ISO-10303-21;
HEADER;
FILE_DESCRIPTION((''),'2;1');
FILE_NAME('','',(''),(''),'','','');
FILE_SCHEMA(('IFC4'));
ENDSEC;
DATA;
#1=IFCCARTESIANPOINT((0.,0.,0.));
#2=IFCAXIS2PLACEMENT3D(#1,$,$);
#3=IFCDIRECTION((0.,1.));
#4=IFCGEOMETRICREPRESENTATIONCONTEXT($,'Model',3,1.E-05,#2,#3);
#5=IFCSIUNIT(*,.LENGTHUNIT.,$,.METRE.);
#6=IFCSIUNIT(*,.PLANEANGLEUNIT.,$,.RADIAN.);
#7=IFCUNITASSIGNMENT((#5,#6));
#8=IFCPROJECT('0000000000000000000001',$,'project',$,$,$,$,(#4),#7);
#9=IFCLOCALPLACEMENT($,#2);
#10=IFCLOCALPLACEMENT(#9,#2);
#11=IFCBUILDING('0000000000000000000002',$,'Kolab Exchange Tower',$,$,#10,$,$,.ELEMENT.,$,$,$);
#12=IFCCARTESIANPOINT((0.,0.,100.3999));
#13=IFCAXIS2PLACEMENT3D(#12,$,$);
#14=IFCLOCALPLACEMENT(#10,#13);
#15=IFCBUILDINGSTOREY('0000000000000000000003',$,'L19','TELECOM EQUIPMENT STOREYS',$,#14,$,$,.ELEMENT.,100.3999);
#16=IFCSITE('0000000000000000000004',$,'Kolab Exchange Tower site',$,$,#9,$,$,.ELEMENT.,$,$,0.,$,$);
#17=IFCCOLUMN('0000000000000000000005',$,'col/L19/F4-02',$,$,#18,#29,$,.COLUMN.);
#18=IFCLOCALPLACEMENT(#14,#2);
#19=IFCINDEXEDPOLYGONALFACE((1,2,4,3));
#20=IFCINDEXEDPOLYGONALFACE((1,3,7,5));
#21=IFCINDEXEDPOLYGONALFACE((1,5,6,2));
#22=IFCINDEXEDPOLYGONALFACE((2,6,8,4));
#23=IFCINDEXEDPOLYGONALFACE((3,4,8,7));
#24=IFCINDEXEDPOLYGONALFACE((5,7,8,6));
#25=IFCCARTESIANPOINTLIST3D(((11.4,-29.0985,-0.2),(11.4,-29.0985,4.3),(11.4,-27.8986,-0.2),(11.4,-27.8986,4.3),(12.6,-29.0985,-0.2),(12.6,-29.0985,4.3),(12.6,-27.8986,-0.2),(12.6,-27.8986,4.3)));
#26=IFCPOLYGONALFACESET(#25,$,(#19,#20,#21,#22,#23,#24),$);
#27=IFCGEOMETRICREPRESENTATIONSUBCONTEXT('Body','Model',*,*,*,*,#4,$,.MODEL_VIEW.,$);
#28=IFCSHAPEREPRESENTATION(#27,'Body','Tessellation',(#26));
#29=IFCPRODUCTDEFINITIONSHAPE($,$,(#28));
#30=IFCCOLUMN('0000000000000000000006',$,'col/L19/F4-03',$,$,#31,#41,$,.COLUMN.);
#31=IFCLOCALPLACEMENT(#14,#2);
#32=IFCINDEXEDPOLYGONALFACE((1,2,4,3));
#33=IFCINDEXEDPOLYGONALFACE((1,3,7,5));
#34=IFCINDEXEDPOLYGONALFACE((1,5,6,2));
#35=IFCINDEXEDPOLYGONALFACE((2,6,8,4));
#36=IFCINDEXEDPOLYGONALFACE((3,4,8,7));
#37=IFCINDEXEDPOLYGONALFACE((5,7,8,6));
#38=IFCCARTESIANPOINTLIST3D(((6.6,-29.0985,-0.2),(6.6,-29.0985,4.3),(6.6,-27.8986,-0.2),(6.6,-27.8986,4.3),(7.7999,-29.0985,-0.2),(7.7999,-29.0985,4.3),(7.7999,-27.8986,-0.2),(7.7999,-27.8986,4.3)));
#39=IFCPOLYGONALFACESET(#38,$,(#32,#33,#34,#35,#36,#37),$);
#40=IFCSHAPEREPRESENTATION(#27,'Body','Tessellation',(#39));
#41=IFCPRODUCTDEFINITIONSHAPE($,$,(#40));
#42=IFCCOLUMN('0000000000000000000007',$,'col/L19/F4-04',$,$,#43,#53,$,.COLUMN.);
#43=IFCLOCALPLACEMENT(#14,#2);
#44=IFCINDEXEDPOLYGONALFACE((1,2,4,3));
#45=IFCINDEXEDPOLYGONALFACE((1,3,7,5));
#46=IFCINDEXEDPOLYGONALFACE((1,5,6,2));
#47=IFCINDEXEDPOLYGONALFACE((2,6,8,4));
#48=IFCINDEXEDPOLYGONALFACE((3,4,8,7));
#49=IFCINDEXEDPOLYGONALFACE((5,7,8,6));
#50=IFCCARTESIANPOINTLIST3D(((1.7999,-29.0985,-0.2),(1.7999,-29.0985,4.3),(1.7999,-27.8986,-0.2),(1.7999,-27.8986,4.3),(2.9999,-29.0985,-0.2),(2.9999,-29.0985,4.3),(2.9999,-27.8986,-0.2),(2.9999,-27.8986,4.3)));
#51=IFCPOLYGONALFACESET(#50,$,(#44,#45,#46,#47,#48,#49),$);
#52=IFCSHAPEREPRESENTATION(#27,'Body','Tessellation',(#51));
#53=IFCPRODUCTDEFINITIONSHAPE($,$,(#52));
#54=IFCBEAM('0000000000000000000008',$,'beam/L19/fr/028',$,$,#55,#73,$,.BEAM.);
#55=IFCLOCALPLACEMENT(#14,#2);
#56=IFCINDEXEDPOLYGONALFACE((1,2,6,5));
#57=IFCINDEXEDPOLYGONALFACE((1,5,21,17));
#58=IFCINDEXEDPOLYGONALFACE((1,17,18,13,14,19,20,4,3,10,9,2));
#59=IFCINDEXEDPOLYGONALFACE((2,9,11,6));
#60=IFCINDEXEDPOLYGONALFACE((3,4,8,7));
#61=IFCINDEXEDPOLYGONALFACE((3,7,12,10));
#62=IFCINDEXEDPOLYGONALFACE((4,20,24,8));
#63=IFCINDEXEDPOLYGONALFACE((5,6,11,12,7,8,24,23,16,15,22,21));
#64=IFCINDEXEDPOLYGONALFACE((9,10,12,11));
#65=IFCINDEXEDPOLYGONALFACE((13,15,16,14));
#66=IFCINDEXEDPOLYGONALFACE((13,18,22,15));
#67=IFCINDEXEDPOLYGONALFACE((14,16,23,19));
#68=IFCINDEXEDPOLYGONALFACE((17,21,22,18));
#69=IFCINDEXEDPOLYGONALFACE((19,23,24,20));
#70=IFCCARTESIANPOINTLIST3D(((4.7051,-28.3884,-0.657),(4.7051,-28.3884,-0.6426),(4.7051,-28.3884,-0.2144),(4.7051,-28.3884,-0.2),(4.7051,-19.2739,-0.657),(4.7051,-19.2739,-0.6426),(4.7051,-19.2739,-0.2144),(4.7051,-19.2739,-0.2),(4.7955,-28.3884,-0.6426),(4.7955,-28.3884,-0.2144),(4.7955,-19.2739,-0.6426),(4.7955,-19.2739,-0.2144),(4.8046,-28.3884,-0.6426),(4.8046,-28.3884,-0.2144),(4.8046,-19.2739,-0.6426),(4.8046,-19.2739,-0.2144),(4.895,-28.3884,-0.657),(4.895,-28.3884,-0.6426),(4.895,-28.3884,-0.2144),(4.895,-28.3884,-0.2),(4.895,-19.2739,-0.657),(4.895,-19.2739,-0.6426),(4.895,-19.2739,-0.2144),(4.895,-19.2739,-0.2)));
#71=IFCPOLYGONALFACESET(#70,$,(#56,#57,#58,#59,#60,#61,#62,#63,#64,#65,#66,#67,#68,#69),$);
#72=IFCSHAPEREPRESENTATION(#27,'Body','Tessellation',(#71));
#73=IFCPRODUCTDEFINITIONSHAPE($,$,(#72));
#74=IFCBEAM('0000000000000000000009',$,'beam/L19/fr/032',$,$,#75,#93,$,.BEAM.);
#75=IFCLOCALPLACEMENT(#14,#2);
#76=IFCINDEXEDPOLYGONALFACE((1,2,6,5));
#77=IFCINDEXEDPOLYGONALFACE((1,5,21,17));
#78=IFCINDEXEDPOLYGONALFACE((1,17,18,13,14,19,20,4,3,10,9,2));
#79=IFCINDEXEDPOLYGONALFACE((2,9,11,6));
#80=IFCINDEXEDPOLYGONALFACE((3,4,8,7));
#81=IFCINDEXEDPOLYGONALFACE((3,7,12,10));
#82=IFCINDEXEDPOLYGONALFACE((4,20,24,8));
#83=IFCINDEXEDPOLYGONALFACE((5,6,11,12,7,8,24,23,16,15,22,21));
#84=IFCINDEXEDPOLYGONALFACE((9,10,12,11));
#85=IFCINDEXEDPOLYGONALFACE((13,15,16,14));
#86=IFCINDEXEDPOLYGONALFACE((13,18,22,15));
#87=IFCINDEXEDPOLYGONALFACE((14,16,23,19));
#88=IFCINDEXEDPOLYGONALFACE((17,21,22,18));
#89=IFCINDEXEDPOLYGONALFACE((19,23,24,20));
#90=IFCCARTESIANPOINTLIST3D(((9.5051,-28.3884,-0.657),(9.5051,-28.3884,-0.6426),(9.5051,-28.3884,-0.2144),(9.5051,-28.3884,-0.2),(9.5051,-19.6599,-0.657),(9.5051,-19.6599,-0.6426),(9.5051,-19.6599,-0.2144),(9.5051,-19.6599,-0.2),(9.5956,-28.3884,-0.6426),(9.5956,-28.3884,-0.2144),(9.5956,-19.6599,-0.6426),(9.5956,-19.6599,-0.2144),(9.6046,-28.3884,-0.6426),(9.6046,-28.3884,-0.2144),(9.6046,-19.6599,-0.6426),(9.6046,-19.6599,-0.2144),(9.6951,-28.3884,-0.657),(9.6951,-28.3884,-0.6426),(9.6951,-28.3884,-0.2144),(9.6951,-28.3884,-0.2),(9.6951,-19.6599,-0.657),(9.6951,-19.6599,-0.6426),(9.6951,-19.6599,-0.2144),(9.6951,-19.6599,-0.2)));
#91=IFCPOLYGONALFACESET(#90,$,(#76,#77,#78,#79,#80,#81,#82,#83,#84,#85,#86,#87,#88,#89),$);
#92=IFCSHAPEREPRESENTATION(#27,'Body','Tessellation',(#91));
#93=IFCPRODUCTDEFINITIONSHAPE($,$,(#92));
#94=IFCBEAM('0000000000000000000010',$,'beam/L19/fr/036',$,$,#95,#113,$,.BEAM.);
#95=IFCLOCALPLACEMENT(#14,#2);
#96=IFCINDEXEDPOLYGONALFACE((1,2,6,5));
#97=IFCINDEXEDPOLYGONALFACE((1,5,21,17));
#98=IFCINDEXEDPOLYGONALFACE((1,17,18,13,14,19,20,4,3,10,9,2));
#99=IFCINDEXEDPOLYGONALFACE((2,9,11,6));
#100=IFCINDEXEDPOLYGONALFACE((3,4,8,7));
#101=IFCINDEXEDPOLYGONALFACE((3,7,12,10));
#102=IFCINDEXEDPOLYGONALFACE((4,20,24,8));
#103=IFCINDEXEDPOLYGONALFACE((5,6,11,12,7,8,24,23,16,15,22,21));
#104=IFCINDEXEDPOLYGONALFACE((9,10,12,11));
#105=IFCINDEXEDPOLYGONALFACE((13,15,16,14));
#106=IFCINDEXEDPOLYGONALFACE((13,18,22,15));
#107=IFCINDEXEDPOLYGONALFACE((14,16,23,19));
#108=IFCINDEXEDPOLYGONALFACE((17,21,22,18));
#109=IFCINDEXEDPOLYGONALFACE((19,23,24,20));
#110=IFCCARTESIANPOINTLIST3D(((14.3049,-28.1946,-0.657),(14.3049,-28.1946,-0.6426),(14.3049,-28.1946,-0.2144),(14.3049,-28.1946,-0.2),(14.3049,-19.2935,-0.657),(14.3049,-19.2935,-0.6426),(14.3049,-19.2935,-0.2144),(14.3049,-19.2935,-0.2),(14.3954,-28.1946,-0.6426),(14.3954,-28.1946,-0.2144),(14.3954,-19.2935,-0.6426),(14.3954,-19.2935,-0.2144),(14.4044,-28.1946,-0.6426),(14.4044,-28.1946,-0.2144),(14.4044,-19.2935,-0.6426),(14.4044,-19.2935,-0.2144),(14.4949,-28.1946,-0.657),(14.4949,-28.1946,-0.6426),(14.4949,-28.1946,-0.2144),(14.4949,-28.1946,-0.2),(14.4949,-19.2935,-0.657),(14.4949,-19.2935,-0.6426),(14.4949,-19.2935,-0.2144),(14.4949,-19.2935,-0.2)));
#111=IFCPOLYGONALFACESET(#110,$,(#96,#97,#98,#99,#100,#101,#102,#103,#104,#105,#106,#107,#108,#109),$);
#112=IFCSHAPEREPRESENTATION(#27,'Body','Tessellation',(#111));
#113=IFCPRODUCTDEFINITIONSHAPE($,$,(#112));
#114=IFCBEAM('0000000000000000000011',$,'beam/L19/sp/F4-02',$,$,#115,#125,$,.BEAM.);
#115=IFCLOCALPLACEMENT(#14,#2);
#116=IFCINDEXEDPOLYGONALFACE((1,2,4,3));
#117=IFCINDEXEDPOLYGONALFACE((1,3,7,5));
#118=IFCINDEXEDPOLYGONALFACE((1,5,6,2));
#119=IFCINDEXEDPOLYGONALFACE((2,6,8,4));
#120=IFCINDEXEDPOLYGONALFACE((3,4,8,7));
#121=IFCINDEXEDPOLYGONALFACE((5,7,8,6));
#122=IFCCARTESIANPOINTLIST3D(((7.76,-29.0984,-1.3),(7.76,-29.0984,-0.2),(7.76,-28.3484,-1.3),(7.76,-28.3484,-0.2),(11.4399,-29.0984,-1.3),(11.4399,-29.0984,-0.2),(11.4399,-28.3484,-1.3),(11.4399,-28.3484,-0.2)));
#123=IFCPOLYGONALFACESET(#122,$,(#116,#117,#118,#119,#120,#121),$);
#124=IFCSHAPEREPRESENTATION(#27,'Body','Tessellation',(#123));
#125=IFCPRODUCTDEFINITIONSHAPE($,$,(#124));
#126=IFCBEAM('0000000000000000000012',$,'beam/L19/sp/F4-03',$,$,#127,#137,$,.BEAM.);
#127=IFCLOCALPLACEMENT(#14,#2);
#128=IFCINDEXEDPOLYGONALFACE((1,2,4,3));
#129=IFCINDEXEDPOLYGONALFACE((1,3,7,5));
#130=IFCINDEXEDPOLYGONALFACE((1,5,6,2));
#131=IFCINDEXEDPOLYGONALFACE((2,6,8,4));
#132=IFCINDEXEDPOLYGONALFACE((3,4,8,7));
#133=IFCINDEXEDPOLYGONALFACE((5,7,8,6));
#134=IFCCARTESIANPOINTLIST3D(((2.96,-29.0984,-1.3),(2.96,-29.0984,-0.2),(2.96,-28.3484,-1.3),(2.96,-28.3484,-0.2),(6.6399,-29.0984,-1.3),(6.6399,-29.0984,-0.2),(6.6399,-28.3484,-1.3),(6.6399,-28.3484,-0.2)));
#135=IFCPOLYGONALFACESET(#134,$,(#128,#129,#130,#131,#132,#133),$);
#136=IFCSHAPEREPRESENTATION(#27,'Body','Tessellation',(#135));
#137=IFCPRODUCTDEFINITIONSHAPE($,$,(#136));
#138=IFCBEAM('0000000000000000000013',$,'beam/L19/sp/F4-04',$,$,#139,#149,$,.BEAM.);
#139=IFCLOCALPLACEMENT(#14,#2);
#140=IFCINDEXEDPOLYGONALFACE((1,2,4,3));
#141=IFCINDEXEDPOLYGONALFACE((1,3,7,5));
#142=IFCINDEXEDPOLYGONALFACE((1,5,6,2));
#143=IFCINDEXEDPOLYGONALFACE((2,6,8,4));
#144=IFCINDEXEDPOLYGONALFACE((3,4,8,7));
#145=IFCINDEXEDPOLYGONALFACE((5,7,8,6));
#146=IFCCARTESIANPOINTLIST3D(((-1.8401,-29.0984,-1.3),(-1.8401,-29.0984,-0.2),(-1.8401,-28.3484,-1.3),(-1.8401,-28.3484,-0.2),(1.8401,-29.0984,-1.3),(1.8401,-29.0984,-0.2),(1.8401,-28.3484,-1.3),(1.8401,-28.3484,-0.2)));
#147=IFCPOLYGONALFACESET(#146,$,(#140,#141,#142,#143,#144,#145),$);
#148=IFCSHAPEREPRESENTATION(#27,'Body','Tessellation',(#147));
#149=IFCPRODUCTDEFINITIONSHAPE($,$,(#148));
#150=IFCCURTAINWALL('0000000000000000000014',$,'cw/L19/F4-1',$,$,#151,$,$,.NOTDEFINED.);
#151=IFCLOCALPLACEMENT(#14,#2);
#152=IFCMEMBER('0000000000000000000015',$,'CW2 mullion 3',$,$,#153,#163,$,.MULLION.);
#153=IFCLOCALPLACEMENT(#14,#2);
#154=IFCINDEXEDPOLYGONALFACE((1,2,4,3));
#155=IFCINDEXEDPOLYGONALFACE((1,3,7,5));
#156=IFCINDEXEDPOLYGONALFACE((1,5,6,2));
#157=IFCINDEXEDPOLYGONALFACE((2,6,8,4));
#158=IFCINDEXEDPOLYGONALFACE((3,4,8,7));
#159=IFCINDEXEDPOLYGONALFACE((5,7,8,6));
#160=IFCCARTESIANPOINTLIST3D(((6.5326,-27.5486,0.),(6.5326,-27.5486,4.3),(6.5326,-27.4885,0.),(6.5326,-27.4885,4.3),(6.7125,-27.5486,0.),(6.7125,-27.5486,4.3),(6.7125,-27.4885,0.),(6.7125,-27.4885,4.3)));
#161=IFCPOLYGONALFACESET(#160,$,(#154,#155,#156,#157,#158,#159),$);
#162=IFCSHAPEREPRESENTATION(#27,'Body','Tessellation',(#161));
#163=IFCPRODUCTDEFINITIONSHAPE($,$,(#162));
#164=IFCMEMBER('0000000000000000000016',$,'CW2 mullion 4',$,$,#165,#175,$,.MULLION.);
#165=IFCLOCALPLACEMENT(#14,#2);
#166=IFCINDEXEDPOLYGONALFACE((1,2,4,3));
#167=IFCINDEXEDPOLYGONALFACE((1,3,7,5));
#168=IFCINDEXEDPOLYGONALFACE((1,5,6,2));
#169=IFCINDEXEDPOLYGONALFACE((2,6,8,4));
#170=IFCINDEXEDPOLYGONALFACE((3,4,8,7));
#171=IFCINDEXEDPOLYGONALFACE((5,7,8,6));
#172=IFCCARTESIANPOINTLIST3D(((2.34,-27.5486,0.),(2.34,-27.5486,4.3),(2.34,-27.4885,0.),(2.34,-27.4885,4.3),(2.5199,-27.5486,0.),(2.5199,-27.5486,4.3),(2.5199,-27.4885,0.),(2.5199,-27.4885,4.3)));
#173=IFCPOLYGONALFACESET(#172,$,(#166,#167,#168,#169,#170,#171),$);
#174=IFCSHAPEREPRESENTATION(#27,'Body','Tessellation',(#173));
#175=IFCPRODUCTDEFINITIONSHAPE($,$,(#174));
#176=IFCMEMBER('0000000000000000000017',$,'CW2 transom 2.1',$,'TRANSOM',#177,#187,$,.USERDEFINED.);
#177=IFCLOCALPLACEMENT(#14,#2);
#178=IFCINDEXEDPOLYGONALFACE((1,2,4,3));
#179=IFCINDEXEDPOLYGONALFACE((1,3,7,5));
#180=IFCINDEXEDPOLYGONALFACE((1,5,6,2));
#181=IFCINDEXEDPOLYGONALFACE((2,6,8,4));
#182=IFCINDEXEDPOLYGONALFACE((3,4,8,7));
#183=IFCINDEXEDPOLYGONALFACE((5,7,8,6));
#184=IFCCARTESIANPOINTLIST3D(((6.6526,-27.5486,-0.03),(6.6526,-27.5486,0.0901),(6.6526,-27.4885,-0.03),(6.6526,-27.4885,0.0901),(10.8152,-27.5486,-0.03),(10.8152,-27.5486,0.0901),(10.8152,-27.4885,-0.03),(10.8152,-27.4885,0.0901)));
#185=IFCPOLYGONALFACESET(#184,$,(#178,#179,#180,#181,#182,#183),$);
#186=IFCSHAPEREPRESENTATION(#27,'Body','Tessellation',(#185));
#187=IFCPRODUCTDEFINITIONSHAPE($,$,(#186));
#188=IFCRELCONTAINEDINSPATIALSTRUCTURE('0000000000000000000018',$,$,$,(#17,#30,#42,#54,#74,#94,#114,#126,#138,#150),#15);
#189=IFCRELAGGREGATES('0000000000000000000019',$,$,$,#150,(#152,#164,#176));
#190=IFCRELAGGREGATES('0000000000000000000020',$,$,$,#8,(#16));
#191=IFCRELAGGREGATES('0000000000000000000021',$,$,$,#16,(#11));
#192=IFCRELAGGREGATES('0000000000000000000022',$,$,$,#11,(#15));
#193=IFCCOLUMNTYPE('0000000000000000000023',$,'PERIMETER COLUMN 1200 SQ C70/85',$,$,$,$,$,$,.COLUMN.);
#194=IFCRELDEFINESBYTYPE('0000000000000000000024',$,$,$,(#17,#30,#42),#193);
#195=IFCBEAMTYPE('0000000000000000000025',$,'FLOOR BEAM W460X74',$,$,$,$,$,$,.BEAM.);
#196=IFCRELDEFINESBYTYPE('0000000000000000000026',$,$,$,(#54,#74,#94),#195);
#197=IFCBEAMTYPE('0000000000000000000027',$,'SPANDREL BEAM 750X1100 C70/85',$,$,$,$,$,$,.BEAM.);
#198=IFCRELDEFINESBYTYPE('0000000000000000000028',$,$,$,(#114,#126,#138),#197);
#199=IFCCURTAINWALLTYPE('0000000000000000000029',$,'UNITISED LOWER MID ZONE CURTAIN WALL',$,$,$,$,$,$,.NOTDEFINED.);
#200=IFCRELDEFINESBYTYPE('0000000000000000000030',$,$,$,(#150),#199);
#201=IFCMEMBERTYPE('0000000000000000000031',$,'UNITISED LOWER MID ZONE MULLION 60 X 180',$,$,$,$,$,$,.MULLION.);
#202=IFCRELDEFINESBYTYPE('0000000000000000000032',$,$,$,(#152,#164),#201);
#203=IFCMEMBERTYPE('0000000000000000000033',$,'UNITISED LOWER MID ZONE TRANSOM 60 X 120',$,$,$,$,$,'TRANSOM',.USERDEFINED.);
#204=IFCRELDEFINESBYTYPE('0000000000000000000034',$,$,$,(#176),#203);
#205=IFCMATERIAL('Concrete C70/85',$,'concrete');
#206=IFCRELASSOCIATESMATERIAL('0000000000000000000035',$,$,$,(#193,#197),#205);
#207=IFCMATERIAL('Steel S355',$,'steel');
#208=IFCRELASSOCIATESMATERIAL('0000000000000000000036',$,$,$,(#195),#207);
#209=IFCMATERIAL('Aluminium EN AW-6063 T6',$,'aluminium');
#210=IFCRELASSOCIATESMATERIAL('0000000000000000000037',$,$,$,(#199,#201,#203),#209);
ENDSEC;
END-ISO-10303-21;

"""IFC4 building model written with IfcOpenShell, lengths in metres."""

from ifc_helpers import new_model, si_unit, direction, frame, origin, origin_2d, place, context, subcontext, project, spatial, rectangle, i_section, extrude, material, material_profile, profile_set, type_object, element, aggregate, save


model = new_model("IFC4")

# Units and contexts
model_context = context("Model", 3, precision=1e-05, world=origin(), true_north=direction((0.0, 1.0)))
body_context = subcontext(model_context, "Body", "Model", "MODEL_VIEW")
ifc_project = project(units=[si_unit("LENGTHUNIT", "METRE"), si_unit("PLANEANGLEUNIT", "RADIAN")], contexts=[model_context])

# Site, building, storey
site_placement = place(None, origin())
site = spatial("IfcSite", under=ifc_project, at=site_placement, Name="Kolab Exchange Tower site", CompositionType="ELEMENT", RefElevation=0.0)
building_placement = place(site_placement, origin())
building = spatial("IfcBuilding", under=site, at=building_placement, Name="Kolab Exchange Tower", CompositionType="ELEMENT")
storey_placement = place(building_placement, frame((0.0, 0.0, 100.3999)))
storey = spatial("IfcBuildingStorey", under=building, at=storey_placement, Name="L19", Description="TELECOM EQUIPMENT STOREYS", CompositionType="ELEMENT", Elevation=100.3999)

# Columns
ifc_material_1 = material(Name="Concrete C70/85", Category="concrete")
ifc_material_profile_1 = material_profile(ifc_material_1, rectangle(XDim=1.2, YDim=1.2, at=origin_2d()), Name="RC1200")
ifc_profile_set_1 = profile_set([ifc_material_profile_1], Name="Concrete C70/85")
column_type = type_object("IfcColumnType", Name="PERIMETER COLUMN 1200 SQ C70/85", PredefinedType="COLUMN", material=ifc_profile_set_1)
for number, where, z_axis, x_axis, name in (
    (1, (12.0, -28.4985, -0.2), (0.0, 0.0, 1.0), (1.0, 0.0, 0.0), "col/L19/F4-02"),
    (2, (7.2, -28.4985, -0.2), (0.0, 0.0, 1.0), (1.0, 0.0, 0.0), "col/L19/F4-03"),
    (3, (2.3999, -28.4985, -0.2), (0.0, 0.0, 1.0), (1.0, 0.0, 0.0), "col/L19/F4-04"),
):
    element("IfcColumn", number, at=place(storey_placement, frame(where, z_axis=z_axis, x_axis=x_axis)), inside=storey, type_object=column_type, Name=name, PredefinedType="COLUMN", context=body_context, shape_type="SweptSolid", body=[
        extrude(rectangle(XDim=1.2, YDim=1.2, at=origin_2d()), origin(), (0.0, 0.0, 1.0), 4.5),
    ])

# Beams
ifc_material_2 = material(Name="Steel S355", Category="steel")
ifc_material_profile_2 = material_profile(ifc_material_2, i_section(OverallWidth=0.1899, OverallDepth=0.457, WebThickness=0.009, FlangeThickness=0.0144, at=origin_2d()), Name="W460X74")
ifc_profile_set_2 = profile_set([ifc_material_profile_2], Name="Steel S355")
beam_type_1 = type_object("IfcBeamType", Name="FLOOR BEAM W460X74", PredefinedType="BEAM", material=ifc_profile_set_2)
beam_1_placement = place(storey_placement, frame((4.8, -28.3884, -0.4285), z_axis=(0.0, 1.0, 0.0), x_axis=(-1.0, 0.0, 0.0)))
element("IfcBeam", 4, at=beam_1_placement, inside=storey, type_object=beam_type_1, Name="beam/L19/fr/028", PredefinedType="BEAM", context=body_context, shape_type="SweptSolid", body=[
    extrude(i_section(OverallWidth=0.1899, OverallDepth=0.457, WebThickness=0.009, FlangeThickness=0.0144, at=origin_2d()), origin(), (0.0, 0.0, 1.0), 9.1145),
])
beam_2_placement = place(storey_placement, frame((9.6001, -28.3884, -0.4285), z_axis=(0.0, 1.0, 0.0), x_axis=(-1.0, 0.0, 0.0)))
element("IfcBeam", 5, at=beam_2_placement, inside=storey, type_object=beam_type_1, Name="beam/L19/fr/032", PredefinedType="BEAM", context=body_context, shape_type="SweptSolid", body=[
    extrude(i_section(OverallWidth=0.1899, OverallDepth=0.457, WebThickness=0.009, FlangeThickness=0.0144, at=origin_2d()), origin(), (0.0, 0.0, 1.0), 8.7285),
])
beam_3_placement = place(storey_placement, frame((14.3999, -28.1946, -0.4285), z_axis=(0.0, 1.0, 0.0), x_axis=(-1.0, 0.0, 0.0)))
element("IfcBeam", 6, at=beam_3_placement, inside=storey, type_object=beam_type_1, Name="beam/L19/fr/036", PredefinedType="BEAM", context=body_context, shape_type="SweptSolid", body=[
    extrude(i_section(OverallWidth=0.1899, OverallDepth=0.457, WebThickness=0.009, FlangeThickness=0.0144, at=origin_2d()), origin(), (0.0, 0.0, 1.0), 8.9011),
])
ifc_material_profile_3 = material_profile(ifc_material_1, rectangle(XDim=0.75, YDim=1.1001, at=origin_2d()), Name="RC750X1100")
ifc_profile_set_3 = profile_set([ifc_material_profile_3], Name="Concrete C70/85")
beam_type_2 = type_object("IfcBeamType", Name="SPANDREL BEAM 750X1100 C70/85", PredefinedType="BEAM", material=ifc_profile_set_3)
for number, where, z_axis, x_axis, name in (
    (7, (11.4399, -28.7234, -0.75), (-1.0, 0.0, 0.0), (0.0, -1.0, 0.0), "beam/L19/sp/F4-02"),
    (8, (6.6399, -28.7234, -0.75), (-1.0, 0.0, 0.0), (0.0, -1.0, 0.0), "beam/L19/sp/F4-03"),
):
    element("IfcBeam", number, at=place(storey_placement, frame(where, z_axis=z_axis, x_axis=x_axis)), inside=storey, type_object=beam_type_2, Name=name, PredefinedType="BEAM", context=body_context, shape_type="SweptSolid", body=[
        extrude(rectangle(XDim=0.75, YDim=1.1001, at=origin_2d()), origin(), (0.0, 0.0, 1.0), 3.6799),
    ])
beam_4_placement = place(storey_placement, frame((1.8401, -28.7234, -0.75), z_axis=(-1.0, 0.0, 0.0), x_axis=(0.0, -1.0, 0.0)))
element("IfcBeam", 9, at=beam_4_placement, inside=storey, type_object=beam_type_2, Name="beam/L19/sp/F4-04", PredefinedType="BEAM", context=body_context, shape_type="SweptSolid", body=[
    extrude(rectangle(XDim=0.75, YDim=1.1001, at=origin_2d()), origin(), (0.0, 0.0, 1.0), 3.6802),
])

# Curtain wall, members
ifc_material_3 = material(Name="Aluminium EN AW-6063 T6", Category="aluminium")
curtain_wall_type = type_object("IfcCurtainWallType", Name="UNITISED LOWER MID ZONE CURTAIN WALL", PredefinedType="NOTDEFINED", material=ifc_material_3)
curtain_wall_placement = place(storey_placement, origin())
curtain_wall = element("IfcCurtainWall", 10, at=curtain_wall_placement, inside=storey, type_object=curtain_wall_type, Name="cw/L19/F4-1", PredefinedType="NOTDEFINED")
ifc_material_profile_4 = material_profile(ifc_material_3, rectangle(XDim=0.0601, YDim=0.1799, at=origin_2d()), Name="RECT 60X180")
ifc_profile_set_4 = profile_set([ifc_material_profile_4], Name="Aluminium EN AW-6063 T6")
member_type_1 = type_object("IfcMemberType", Name="UNITISED LOWER MID ZONE MULLION 60 X 180", PredefinedType="MULLION", material=ifc_profile_set_4)
member_1_placement = place(storey_placement, frame((6.6226, -27.5186, 0.0), z_axis=(0.0, 0.0, 1.0), x_axis=(0.0, -1.0, 0.0)))
member_1 = element("IfcMember", 11, at=member_1_placement, type_object=member_type_1, Name="CW2 mullion 3", PredefinedType="MULLION", context=body_context, shape_type="SweptSolid", body=[
    extrude(rectangle(XDim=0.0601, YDim=0.1799, at=origin_2d()), origin(), (0.0, 0.0, 1.0), 4.3),
])
member_2_placement = place(storey_placement, frame((2.4299, -27.5186, 0.0), z_axis=(0.0, 0.0, 1.0), x_axis=(0.0, -1.0, 0.0)))
member_2 = element("IfcMember", 12, at=member_2_placement, type_object=member_type_1, Name="CW2 mullion 4", PredefinedType="MULLION", context=body_context, shape_type="SweptSolid", body=[
    extrude(rectangle(XDim=0.0601, YDim=0.1799, at=origin_2d()), origin(), (0.0, 0.0, 1.0), 4.3),
])
ifc_material_profile_5 = material_profile(ifc_material_3, rectangle(XDim=0.0601, YDim=0.1201, at=origin_2d()), Name="RECT 60X120")
ifc_profile_set_5 = profile_set([ifc_material_profile_5], Name="Aluminium EN AW-6063 T6")
member_type_2 = type_object("IfcMemberType", Name="UNITISED LOWER MID ZONE TRANSOM 60 X 120", ElementType="TRANSOM", PredefinedType="USERDEFINED", material=ifc_profile_set_5)
member_3_placement = place(storey_placement, frame((10.8152, -27.5186, 0.03), z_axis=(-1.0, 0.0, 0.0), x_axis=(0.0, -1.0, 0.0)))
member_3 = element("IfcMember", 13, at=member_3_placement, type_object=member_type_2, Name="CW2 transom 2.1", ObjectType="TRANSOM", PredefinedType="USERDEFINED", context=body_context, shape_type="SweptSolid", body=[
    extrude(rectangle(XDim=0.0601, YDim=0.1201, at=origin_2d()), origin(), (0.0, 0.0, 1.0), 4.1626),
])
aggregate(curtain_wall, [member_1, member_2, member_3])

save(model, "model.ifc")
